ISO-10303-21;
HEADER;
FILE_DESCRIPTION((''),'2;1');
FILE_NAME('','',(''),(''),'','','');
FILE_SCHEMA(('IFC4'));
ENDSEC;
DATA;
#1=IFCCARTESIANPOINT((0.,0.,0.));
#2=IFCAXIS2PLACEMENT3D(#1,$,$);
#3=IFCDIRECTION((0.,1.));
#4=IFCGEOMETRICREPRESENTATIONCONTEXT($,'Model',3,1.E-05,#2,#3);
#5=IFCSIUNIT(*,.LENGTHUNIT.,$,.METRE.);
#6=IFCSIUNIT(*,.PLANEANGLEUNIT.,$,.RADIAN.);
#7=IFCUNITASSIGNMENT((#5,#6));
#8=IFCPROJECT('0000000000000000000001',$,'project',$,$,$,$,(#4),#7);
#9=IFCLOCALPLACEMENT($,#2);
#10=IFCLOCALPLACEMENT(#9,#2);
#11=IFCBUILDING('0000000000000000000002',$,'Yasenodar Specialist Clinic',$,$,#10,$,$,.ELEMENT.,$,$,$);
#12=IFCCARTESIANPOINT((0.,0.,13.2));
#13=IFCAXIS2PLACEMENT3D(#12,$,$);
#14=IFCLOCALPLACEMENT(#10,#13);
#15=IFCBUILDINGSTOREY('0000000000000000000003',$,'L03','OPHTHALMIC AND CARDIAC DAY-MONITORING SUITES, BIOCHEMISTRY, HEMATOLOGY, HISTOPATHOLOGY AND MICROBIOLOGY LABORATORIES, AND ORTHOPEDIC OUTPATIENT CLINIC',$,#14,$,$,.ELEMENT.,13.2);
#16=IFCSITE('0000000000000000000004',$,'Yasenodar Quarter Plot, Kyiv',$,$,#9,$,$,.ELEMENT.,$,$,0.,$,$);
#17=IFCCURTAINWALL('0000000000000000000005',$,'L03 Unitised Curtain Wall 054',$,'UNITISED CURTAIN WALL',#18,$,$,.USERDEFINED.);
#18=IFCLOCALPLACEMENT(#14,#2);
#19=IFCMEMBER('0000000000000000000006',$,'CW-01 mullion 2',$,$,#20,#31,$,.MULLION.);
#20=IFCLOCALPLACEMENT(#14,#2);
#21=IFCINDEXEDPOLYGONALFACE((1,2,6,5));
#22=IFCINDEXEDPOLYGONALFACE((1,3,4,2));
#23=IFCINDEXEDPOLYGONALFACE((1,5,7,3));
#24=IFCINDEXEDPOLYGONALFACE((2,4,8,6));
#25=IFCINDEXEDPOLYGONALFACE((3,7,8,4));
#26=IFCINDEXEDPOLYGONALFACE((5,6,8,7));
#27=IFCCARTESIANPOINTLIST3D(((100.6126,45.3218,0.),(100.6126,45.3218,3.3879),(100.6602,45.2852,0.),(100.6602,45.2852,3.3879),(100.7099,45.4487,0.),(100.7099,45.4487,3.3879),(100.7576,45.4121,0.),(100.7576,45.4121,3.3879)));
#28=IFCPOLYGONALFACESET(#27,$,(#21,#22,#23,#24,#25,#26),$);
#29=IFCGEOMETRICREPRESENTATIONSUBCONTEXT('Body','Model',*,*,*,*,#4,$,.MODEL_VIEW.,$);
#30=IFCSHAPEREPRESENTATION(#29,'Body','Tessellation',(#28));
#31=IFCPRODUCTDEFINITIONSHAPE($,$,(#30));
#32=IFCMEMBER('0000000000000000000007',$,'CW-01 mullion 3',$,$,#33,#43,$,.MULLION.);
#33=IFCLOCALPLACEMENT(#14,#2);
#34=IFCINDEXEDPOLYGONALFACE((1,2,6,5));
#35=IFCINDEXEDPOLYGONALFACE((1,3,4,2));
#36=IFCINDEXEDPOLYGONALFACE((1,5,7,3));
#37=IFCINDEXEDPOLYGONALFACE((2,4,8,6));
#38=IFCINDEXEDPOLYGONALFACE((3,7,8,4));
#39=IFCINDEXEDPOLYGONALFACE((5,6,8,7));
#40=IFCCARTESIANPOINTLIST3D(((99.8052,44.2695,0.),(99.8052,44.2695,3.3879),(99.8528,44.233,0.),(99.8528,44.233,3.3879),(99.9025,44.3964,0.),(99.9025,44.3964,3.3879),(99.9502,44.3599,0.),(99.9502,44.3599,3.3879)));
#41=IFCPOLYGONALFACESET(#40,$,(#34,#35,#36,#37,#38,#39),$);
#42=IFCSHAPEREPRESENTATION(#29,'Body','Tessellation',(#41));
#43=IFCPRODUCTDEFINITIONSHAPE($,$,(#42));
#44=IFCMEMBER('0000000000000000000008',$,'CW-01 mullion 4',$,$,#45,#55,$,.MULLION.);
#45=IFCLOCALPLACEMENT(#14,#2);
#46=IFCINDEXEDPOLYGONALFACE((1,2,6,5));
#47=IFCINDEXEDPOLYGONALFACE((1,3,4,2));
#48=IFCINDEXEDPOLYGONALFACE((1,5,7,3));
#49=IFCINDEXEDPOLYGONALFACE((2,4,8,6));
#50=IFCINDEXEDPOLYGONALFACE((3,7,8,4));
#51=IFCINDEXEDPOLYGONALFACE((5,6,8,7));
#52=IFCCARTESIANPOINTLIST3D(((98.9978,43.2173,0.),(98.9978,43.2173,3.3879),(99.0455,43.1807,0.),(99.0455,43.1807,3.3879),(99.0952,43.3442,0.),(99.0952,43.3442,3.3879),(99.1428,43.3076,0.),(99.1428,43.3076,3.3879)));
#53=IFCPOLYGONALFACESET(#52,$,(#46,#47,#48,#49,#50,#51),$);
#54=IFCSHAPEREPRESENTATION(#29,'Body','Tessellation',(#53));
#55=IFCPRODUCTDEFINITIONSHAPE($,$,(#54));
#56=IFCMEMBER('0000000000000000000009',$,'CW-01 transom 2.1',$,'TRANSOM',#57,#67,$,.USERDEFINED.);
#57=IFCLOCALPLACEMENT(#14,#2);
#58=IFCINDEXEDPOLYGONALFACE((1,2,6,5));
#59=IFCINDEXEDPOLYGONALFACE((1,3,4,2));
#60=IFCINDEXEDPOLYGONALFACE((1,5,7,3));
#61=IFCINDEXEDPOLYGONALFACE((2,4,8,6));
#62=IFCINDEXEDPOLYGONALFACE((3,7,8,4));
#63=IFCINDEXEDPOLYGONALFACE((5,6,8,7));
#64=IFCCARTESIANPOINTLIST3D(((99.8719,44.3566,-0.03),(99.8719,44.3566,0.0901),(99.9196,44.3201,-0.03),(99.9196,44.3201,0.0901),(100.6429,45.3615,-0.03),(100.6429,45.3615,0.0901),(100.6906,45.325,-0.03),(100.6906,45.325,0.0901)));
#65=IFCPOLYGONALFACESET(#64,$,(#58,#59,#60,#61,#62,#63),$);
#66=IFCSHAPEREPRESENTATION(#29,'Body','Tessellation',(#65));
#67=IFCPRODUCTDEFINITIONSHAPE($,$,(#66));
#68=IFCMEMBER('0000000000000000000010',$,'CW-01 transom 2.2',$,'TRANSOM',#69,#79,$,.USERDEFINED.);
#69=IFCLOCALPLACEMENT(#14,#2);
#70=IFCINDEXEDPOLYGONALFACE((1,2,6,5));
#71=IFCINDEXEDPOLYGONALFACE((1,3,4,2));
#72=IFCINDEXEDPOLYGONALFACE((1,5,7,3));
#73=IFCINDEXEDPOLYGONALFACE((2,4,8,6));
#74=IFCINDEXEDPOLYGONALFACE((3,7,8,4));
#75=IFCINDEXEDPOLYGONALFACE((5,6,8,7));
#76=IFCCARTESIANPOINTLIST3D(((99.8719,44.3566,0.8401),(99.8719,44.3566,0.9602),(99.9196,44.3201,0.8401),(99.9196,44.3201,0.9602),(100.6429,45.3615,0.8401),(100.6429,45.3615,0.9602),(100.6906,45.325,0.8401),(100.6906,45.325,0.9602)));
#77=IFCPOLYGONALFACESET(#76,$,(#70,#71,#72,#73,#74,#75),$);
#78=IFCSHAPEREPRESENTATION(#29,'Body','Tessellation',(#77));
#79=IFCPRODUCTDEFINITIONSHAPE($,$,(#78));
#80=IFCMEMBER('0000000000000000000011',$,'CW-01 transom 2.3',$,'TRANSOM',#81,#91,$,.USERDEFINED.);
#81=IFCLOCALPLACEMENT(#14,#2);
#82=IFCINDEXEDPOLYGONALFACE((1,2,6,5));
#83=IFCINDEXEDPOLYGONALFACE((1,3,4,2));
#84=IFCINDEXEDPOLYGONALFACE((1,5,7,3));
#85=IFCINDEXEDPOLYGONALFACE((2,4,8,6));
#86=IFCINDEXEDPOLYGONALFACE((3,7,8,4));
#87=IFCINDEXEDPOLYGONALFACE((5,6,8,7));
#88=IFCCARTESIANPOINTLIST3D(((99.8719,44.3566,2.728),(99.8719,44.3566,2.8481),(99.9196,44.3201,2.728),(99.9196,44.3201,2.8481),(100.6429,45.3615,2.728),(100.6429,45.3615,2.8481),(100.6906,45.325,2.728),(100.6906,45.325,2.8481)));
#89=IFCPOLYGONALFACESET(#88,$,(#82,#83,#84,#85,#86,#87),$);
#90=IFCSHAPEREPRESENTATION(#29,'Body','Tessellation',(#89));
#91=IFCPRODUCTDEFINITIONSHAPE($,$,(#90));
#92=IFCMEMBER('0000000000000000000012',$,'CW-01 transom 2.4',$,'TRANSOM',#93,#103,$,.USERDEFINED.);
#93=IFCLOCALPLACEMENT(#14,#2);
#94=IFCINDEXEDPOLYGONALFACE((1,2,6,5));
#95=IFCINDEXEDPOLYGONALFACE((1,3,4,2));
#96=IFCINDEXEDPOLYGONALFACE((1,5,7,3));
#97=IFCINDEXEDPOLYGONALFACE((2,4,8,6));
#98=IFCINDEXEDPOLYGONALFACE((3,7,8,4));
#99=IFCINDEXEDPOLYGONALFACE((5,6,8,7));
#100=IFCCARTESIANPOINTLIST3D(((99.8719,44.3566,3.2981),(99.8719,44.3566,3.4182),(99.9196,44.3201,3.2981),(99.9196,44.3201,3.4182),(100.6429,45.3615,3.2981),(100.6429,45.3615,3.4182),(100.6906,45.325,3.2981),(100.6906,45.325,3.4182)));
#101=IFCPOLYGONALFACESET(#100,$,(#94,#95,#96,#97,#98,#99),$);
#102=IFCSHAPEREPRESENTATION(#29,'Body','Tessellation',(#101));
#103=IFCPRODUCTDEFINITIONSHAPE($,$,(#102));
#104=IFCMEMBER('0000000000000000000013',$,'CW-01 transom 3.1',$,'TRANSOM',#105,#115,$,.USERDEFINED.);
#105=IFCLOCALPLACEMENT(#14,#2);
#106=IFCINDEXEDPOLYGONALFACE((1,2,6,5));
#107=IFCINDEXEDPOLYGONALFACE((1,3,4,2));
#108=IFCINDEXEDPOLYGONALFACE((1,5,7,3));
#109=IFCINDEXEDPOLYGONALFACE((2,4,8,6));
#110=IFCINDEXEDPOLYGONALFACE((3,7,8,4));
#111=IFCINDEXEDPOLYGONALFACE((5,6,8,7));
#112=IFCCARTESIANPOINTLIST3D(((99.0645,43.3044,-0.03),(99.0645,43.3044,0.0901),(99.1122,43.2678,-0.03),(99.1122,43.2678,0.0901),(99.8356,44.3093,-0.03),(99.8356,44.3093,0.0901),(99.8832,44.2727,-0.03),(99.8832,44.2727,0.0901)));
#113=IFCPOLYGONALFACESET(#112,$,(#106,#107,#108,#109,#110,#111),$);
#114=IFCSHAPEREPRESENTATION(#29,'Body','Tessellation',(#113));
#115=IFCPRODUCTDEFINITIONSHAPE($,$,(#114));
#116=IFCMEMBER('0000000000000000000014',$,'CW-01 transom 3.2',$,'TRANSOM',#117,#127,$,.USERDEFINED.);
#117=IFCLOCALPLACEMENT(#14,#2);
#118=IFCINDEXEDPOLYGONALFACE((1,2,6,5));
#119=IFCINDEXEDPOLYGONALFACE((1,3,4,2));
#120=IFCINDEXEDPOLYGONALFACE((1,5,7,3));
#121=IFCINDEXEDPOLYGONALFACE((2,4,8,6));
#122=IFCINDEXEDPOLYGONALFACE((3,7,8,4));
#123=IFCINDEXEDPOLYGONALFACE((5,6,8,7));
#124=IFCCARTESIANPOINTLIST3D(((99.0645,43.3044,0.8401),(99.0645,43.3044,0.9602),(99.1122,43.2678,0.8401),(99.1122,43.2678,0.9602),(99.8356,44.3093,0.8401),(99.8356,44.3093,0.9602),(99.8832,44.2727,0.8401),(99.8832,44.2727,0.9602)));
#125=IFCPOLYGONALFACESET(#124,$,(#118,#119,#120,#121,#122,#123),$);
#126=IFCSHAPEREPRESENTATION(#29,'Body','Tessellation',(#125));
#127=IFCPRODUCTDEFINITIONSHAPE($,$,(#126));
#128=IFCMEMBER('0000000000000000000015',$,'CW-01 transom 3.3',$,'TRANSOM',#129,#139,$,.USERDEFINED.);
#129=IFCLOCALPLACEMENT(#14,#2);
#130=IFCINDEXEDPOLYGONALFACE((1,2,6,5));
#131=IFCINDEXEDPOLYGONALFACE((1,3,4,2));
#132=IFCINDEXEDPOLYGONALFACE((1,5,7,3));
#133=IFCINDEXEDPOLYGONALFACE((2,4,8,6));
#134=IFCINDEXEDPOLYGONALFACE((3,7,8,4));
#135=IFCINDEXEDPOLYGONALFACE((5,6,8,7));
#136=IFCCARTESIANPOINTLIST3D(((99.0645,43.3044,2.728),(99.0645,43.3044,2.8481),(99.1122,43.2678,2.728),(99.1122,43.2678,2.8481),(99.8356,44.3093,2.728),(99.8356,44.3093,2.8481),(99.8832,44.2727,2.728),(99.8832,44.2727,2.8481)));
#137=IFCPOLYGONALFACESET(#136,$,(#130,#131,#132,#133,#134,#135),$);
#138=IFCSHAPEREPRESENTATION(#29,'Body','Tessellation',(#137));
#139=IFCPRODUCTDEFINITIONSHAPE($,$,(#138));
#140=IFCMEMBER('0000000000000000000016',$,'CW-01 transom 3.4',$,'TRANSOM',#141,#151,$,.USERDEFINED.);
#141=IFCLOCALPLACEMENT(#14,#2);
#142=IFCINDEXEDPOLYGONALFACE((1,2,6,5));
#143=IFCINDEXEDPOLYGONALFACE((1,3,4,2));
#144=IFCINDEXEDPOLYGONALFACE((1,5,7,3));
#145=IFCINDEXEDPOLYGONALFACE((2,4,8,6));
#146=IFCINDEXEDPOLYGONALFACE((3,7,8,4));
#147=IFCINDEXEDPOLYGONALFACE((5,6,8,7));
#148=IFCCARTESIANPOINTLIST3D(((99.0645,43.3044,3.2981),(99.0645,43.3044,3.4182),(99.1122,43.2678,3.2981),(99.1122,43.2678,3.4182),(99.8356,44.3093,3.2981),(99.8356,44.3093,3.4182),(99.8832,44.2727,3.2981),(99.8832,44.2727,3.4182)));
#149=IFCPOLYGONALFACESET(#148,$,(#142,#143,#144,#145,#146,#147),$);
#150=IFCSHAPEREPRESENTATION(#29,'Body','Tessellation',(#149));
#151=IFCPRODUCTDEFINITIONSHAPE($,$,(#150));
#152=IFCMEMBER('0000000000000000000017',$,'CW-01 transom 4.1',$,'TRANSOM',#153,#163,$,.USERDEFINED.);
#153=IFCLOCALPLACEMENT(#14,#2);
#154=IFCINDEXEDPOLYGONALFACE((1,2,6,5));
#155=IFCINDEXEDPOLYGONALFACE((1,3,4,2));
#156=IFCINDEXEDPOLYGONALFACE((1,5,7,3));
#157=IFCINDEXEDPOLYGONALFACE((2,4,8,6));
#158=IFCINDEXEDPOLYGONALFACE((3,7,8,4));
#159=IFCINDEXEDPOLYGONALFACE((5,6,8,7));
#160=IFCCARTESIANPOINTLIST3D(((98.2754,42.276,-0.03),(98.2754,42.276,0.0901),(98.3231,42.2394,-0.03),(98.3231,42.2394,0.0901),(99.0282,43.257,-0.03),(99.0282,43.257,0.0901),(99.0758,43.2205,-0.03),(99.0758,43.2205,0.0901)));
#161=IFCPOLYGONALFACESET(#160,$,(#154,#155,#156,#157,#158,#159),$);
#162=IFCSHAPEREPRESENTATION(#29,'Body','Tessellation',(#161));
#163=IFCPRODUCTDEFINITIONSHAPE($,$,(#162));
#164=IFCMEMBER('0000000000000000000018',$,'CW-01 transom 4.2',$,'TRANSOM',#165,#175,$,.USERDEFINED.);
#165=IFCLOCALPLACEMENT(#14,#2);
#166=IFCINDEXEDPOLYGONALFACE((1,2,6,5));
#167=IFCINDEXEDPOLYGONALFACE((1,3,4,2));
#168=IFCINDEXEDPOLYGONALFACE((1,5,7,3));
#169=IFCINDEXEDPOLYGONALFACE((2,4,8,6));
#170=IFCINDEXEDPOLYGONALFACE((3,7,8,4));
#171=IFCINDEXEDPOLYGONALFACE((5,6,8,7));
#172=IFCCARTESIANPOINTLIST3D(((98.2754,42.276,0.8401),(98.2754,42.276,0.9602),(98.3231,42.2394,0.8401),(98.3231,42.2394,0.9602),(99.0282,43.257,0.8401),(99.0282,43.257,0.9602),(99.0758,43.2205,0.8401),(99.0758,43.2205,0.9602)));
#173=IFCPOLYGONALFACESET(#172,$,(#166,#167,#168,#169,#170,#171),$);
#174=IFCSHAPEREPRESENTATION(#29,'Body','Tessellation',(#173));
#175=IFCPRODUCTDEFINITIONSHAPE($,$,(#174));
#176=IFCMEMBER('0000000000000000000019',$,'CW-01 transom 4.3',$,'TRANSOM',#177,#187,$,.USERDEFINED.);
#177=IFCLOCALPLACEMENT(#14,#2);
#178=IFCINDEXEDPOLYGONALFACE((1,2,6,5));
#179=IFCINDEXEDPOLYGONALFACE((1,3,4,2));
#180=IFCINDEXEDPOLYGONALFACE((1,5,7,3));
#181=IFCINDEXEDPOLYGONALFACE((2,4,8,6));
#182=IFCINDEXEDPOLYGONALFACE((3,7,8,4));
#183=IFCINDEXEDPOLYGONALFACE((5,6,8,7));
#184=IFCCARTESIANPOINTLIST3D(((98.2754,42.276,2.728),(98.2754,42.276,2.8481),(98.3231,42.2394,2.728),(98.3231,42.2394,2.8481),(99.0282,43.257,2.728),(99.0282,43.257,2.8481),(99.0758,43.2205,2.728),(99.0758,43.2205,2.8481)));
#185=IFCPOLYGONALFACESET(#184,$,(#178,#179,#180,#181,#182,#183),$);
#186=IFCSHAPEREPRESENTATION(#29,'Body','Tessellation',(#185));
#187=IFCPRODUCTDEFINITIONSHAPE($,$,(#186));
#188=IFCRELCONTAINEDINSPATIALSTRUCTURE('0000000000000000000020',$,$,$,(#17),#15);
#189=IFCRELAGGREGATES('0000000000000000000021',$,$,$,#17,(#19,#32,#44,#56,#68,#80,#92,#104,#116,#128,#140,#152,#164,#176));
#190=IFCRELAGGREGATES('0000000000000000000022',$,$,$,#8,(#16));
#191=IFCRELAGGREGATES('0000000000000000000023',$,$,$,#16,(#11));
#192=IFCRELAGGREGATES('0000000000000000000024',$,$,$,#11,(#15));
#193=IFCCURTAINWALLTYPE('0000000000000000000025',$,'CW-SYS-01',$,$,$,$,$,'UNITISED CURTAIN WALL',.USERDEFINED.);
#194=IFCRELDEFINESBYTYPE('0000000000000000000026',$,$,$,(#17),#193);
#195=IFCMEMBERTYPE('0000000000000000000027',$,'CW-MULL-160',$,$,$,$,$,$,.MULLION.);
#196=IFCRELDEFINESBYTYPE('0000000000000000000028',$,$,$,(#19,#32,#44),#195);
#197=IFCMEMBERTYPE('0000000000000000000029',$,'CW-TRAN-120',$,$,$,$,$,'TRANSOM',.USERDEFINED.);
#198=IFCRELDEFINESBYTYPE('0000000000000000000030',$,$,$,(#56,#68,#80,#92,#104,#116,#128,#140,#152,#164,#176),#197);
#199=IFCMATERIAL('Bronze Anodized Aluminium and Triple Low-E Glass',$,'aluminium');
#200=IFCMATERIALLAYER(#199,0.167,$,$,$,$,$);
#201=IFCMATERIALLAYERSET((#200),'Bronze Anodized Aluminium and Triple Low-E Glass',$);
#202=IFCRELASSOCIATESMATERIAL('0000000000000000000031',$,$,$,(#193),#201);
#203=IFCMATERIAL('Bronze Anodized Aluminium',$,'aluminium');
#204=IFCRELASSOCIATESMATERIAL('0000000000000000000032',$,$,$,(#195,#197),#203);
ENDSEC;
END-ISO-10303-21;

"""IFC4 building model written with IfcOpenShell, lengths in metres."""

from ifc_helpers import new_model, si_unit, direction, frame, origin, origin_2d, place, context, subcontext, project, spatial, rectangle, extrude, material, layer, layer_set, material_profile, profile_set, type_object, element, aggregate, save


model = new_model("IFC4")

# Units and contexts
model_context = context("Model", 3, precision=1e-05, world=origin(), true_north=direction((0.0, 1.0)))
body_context = subcontext(model_context, "Body", "Model", "MODEL_VIEW")
ifc_project = project(units=[si_unit("LENGTHUNIT", "METRE"), si_unit("PLANEANGLEUNIT", "RADIAN")], contexts=[model_context])

# Site, building, storey
site_placement = place(None, origin())
site = spatial("IfcSite", under=ifc_project, at=site_placement, Name="Yasenodar Quarter Plot, Kyiv", CompositionType="ELEMENT", RefElevation=0.0)
building_placement = place(site_placement, origin())
building = spatial("IfcBuilding", under=site, at=building_placement, Name="Yasenodar Specialist Clinic", CompositionType="ELEMENT")
storey_placement = place(building_placement, frame((0.0, 0.0, 13.2)))
storey = spatial("IfcBuildingStorey", under=building, at=storey_placement, Name="L03", Description="OPHTHALMIC AND CARDIAC DAY-MONITORING SUITES, BIOCHEMISTRY, HEMATOLOGY, HISTOPATHOLOGY AND MICROBIOLOGY LABORATORIES, AND ORTHOPEDIC OUTPATIENT CLINIC", CompositionType="ELEMENT", Elevation=13.2)

# Curtain wall, members
ifc_material_1 = material(Name="Bronze Anodized Aluminium and Triple Low-E Glass", Category="aluminium")
ifc_layer_1 = layer(ifc_material_1, 0.167)
ifc_layer_set_1 = layer_set([ifc_layer_1], Name="Bronze Anodized Aluminium and Triple Low-E Glass")
curtain_wall_type = type_object("IfcCurtainWallType", Name="CW-SYS-01", ElementType="UNITISED CURTAIN WALL", PredefinedType="USERDEFINED", material=ifc_layer_set_1)
curtain_wall_placement = place(storey_placement, origin())
curtain_wall = element("IfcCurtainWall", 1, at=curtain_wall_placement, inside=storey, type_object=curtain_wall_type, Name="L03 Unitised Curtain Wall 054", ObjectType="UNITISED CURTAIN WALL", PredefinedType="USERDEFINED")
ifc_material_2 = material(Name="Bronze Anodized Aluminium", Category="aluminium")
ifc_material_profile_1 = material_profile(ifc_material_2, rectangle(XDim=0.0601, YDim=0.1599, at=origin_2d()), Name="CW-MULL 60x160")
ifc_profile_set_1 = profile_set([ifc_material_profile_1], Name="Bronze Anodized Aluminium")
member_type_1 = type_object("IfcMemberType", Name="CW-MULL-160", PredefinedType="MULLION", material=ifc_profile_set_1)
member_1_placement = place(storey_placement, frame((100.6851, 45.3669, 0.0), z_axis=(0.0, 0.0, 1.0), x_axis=(0.793361, -0.608752, 0.0)))
member_1 = element("IfcMember", 2, at=member_1_placement, type_object=member_type_1, Name="CW-01 mullion 2", PredefinedType="MULLION", context=body_context, shape_type="SweptSolid", body=[
    extrude(rectangle(XDim=0.0601, YDim=0.1599, at=origin_2d()), origin(), (0.0, 0.0, 1.0), 3.3879),
])
member_2_placement = place(storey_placement, frame((99.8777, 44.3147, 0.0), z_axis=(0.0, 0.0, 1.0), x_axis=(0.793361, -0.608752, 0.0)))
member_2 = element("IfcMember", 3, at=member_2_placement, type_object=member_type_1, Name="CW-01 mullion 3", PredefinedType="MULLION", context=body_context, shape_type="SweptSolid", body=[
    extrude(rectangle(XDim=0.0601, YDim=0.1599, at=origin_2d()), origin(), (0.0, 0.0, 1.0), 3.3879),
])
member_3_placement = place(storey_placement, frame((99.0703, 43.2625, 0.0), z_axis=(0.0, 0.0, 1.0), x_axis=(0.793361, -0.608752, 0.0)))
member_3 = element("IfcMember", 4, at=member_3_placement, type_object=member_type_1, Name="CW-01 mullion 4", PredefinedType="MULLION", context=body_context, shape_type="SweptSolid", body=[
    extrude(rectangle(XDim=0.0601, YDim=0.1599, at=origin_2d()), origin(), (0.0, 0.0, 1.0), 3.3879),
])
ifc_material_profile_2 = material_profile(ifc_material_2, rectangle(XDim=0.0601, YDim=0.1201, at=origin_2d()), Name="CW-TRAN 60x120")
ifc_profile_set_2 = profile_set([ifc_material_profile_2], Name="Bronze Anodized Aluminium")
member_type_2 = type_object("IfcMemberType", Name="CW-TRAN-120", ElementType="TRANSOM", PredefinedType="USERDEFINED", material=ifc_profile_set_2)
member_4_placement = place(storey_placement, frame((100.6667, 45.3433, 0.03), z_axis=(-0.608723, -0.793383, 0.0), x_axis=(0.793383, -0.608723, 0.0)))
member_4 = element("IfcMember", 5, at=member_4_placement, type_object=member_type_2, Name="CW-01 transom 2.1", ObjectType="TRANSOM", PredefinedType="USERDEFINED", context=body_context, shape_type="SweptSolid", body=[
    extrude(rectangle(XDim=0.0601, YDim=0.1201, at=origin_2d()), origin(), (0.0, 0.0, 1.0), 1.2666),
])
member_5_placement = place(storey_placement, frame((100.6667, 45.3433, 0.9001), z_axis=(-0.608723, -0.793383, 0.0), x_axis=(0.793383, -0.608723, 0.0)))
member_5 = element("IfcMember", 6, at=member_5_placement, type_object=member_type_2, Name="CW-01 transom 2.2", ObjectType="TRANSOM", PredefinedType="USERDEFINED", context=body_context, shape_type="SweptSolid", body=[
    extrude(rectangle(XDim=0.0601, YDim=0.1201, at=origin_2d()), origin(), (0.0, 0.0, 1.0), 1.2666),
])
member_6_placement = place(storey_placement, frame((100.6667, 45.3433, 2.7881), z_axis=(-0.608723, -0.793383, 0.0), x_axis=(0.793383, -0.608723, 0.0)))
member_6 = element("IfcMember", 7, at=member_6_placement, type_object=member_type_2, Name="CW-01 transom 2.3", ObjectType="TRANSOM", PredefinedType="USERDEFINED", context=body_context, shape_type="SweptSolid", body=[
    extrude(rectangle(XDim=0.0601, YDim=0.1201, at=origin_2d()), origin(), (0.0, 0.0, 1.0), 1.2666),
])
member_7_placement = place(storey_placement, frame((100.6667, 45.3433, 3.3582), z_axis=(-0.608723, -0.793383, 0.0), x_axis=(0.793383, -0.608723, 0.0)))
member_7 = element("IfcMember", 8, at=member_7_placement, type_object=member_type_2, Name="CW-01 transom 2.4", ObjectType="TRANSOM", PredefinedType="USERDEFINED", context=body_context, shape_type="SweptSolid", body=[
    extrude(rectangle(XDim=0.0601, YDim=0.1201, at=origin_2d()), origin(), (0.0, 0.0, 1.0), 1.2666),
])
member_8_placement = place(storey_placement, frame((99.8594, 44.291, 0.03), z_axis=(-0.608723, -0.793383, 0.0), x_axis=(0.793383, -0.608723, 0.0)))
member_8 = element("IfcMember", 9, at=member_8_placement, type_object=member_type_2, Name="CW-01 transom 3.1", ObjectType="TRANSOM", PredefinedType="USERDEFINED", context=body_context, shape_type="SweptSolid", body=[
    extrude(rectangle(XDim=0.0601, YDim=0.1201, at=origin_2d()), origin(), (0.0, 0.0, 1.0), 1.2666),
])
member_9_placement = place(storey_placement, frame((99.8594, 44.291, 0.9001), z_axis=(-0.608723, -0.793383, 0.0), x_axis=(0.793383, -0.608723, 0.0)))
member_9 = element("IfcMember", 10, at=member_9_placement, type_object=member_type_2, Name="CW-01 transom 3.2", ObjectType="TRANSOM", PredefinedType="USERDEFINED", context=body_context, shape_type="SweptSolid", body=[
    extrude(rectangle(XDim=0.0601, YDim=0.1201, at=origin_2d()), origin(), (0.0, 0.0, 1.0), 1.2666),
])
member_10_placement = place(storey_placement, frame((99.8594, 44.291, 2.7881), z_axis=(-0.608723, -0.793383, 0.0), x_axis=(0.793383, -0.608723, 0.0)))
member_10 = element("IfcMember", 11, at=member_10_placement, type_object=member_type_2, Name="CW-01 transom 3.3", ObjectType="TRANSOM", PredefinedType="USERDEFINED", context=body_context, shape_type="SweptSolid", body=[
    extrude(rectangle(XDim=0.0601, YDim=0.1201, at=origin_2d()), origin(), (0.0, 0.0, 1.0), 1.2666),
])
member_11_placement = place(storey_placement, frame((99.8594, 44.291, 3.3582), z_axis=(-0.608723, -0.793383, 0.0), x_axis=(0.793383, -0.608723, 0.0)))
member_11 = element("IfcMember", 12, at=member_11_placement, type_object=member_type_2, Name="CW-01 transom 3.4", ObjectType="TRANSOM", PredefinedType="USERDEFINED", context=body_context, shape_type="SweptSolid", body=[
    extrude(rectangle(XDim=0.0601, YDim=0.1201, at=origin_2d()), origin(), (0.0, 0.0, 1.0), 1.2666),
])
member_12_placement = place(storey_placement, frame((99.052, 43.2388, 0.03), z_axis=(-0.608747, -0.793365, 0.0), x_axis=(0.793365, -0.608747, 0.0)))
member_12 = element("IfcMember", 13, at=member_12_placement, type_object=member_type_2, Name="CW-01 transom 4.1", ObjectType="TRANSOM", PredefinedType="USERDEFINED", context=body_context, shape_type="SweptSolid", body=[
    extrude(rectangle(XDim=0.0601, YDim=0.1201, at=origin_2d()), origin(), (0.0, 0.0, 1.0), 1.2366),
])
member_13_placement = place(storey_placement, frame((99.052, 43.2388, 0.9001), z_axis=(-0.608747, -0.793365, 0.0), x_axis=(0.793365, -0.608747, 0.0)))
member_13 = element("IfcMember", 14, at=member_13_placement, type_object=member_type_2, Name="CW-01 transom 4.2", ObjectType="TRANSOM", PredefinedType="USERDEFINED", context=body_context, shape_type="SweptSolid", body=[
    extrude(rectangle(XDim=0.0601, YDim=0.1201, at=origin_2d()), origin(), (0.0, 0.0, 1.0), 1.2366),
])
member_14_placement = place(storey_placement, frame((99.052, 43.2388, 2.7881), z_axis=(-0.608747, -0.793365, 0.0), x_axis=(0.793365, -0.608747, 0.0)))
member_14 = element("IfcMember", 15, at=member_14_placement, type_object=member_type_2, Name="CW-01 transom 4.3", ObjectType="TRANSOM", PredefinedType="USERDEFINED", context=body_context, shape_type="SweptSolid", body=[
    extrude(rectangle(XDim=0.0601, YDim=0.1201, at=origin_2d()), origin(), (0.0, 0.0, 1.0), 1.2366),
])
aggregate(curtain_wall, [member_1, member_2, member_3, member_4, member_5, member_6, member_7, member_8, member_9, member_10, member_11, member_12, member_13, member_14])

save(model, "model.ifc")
